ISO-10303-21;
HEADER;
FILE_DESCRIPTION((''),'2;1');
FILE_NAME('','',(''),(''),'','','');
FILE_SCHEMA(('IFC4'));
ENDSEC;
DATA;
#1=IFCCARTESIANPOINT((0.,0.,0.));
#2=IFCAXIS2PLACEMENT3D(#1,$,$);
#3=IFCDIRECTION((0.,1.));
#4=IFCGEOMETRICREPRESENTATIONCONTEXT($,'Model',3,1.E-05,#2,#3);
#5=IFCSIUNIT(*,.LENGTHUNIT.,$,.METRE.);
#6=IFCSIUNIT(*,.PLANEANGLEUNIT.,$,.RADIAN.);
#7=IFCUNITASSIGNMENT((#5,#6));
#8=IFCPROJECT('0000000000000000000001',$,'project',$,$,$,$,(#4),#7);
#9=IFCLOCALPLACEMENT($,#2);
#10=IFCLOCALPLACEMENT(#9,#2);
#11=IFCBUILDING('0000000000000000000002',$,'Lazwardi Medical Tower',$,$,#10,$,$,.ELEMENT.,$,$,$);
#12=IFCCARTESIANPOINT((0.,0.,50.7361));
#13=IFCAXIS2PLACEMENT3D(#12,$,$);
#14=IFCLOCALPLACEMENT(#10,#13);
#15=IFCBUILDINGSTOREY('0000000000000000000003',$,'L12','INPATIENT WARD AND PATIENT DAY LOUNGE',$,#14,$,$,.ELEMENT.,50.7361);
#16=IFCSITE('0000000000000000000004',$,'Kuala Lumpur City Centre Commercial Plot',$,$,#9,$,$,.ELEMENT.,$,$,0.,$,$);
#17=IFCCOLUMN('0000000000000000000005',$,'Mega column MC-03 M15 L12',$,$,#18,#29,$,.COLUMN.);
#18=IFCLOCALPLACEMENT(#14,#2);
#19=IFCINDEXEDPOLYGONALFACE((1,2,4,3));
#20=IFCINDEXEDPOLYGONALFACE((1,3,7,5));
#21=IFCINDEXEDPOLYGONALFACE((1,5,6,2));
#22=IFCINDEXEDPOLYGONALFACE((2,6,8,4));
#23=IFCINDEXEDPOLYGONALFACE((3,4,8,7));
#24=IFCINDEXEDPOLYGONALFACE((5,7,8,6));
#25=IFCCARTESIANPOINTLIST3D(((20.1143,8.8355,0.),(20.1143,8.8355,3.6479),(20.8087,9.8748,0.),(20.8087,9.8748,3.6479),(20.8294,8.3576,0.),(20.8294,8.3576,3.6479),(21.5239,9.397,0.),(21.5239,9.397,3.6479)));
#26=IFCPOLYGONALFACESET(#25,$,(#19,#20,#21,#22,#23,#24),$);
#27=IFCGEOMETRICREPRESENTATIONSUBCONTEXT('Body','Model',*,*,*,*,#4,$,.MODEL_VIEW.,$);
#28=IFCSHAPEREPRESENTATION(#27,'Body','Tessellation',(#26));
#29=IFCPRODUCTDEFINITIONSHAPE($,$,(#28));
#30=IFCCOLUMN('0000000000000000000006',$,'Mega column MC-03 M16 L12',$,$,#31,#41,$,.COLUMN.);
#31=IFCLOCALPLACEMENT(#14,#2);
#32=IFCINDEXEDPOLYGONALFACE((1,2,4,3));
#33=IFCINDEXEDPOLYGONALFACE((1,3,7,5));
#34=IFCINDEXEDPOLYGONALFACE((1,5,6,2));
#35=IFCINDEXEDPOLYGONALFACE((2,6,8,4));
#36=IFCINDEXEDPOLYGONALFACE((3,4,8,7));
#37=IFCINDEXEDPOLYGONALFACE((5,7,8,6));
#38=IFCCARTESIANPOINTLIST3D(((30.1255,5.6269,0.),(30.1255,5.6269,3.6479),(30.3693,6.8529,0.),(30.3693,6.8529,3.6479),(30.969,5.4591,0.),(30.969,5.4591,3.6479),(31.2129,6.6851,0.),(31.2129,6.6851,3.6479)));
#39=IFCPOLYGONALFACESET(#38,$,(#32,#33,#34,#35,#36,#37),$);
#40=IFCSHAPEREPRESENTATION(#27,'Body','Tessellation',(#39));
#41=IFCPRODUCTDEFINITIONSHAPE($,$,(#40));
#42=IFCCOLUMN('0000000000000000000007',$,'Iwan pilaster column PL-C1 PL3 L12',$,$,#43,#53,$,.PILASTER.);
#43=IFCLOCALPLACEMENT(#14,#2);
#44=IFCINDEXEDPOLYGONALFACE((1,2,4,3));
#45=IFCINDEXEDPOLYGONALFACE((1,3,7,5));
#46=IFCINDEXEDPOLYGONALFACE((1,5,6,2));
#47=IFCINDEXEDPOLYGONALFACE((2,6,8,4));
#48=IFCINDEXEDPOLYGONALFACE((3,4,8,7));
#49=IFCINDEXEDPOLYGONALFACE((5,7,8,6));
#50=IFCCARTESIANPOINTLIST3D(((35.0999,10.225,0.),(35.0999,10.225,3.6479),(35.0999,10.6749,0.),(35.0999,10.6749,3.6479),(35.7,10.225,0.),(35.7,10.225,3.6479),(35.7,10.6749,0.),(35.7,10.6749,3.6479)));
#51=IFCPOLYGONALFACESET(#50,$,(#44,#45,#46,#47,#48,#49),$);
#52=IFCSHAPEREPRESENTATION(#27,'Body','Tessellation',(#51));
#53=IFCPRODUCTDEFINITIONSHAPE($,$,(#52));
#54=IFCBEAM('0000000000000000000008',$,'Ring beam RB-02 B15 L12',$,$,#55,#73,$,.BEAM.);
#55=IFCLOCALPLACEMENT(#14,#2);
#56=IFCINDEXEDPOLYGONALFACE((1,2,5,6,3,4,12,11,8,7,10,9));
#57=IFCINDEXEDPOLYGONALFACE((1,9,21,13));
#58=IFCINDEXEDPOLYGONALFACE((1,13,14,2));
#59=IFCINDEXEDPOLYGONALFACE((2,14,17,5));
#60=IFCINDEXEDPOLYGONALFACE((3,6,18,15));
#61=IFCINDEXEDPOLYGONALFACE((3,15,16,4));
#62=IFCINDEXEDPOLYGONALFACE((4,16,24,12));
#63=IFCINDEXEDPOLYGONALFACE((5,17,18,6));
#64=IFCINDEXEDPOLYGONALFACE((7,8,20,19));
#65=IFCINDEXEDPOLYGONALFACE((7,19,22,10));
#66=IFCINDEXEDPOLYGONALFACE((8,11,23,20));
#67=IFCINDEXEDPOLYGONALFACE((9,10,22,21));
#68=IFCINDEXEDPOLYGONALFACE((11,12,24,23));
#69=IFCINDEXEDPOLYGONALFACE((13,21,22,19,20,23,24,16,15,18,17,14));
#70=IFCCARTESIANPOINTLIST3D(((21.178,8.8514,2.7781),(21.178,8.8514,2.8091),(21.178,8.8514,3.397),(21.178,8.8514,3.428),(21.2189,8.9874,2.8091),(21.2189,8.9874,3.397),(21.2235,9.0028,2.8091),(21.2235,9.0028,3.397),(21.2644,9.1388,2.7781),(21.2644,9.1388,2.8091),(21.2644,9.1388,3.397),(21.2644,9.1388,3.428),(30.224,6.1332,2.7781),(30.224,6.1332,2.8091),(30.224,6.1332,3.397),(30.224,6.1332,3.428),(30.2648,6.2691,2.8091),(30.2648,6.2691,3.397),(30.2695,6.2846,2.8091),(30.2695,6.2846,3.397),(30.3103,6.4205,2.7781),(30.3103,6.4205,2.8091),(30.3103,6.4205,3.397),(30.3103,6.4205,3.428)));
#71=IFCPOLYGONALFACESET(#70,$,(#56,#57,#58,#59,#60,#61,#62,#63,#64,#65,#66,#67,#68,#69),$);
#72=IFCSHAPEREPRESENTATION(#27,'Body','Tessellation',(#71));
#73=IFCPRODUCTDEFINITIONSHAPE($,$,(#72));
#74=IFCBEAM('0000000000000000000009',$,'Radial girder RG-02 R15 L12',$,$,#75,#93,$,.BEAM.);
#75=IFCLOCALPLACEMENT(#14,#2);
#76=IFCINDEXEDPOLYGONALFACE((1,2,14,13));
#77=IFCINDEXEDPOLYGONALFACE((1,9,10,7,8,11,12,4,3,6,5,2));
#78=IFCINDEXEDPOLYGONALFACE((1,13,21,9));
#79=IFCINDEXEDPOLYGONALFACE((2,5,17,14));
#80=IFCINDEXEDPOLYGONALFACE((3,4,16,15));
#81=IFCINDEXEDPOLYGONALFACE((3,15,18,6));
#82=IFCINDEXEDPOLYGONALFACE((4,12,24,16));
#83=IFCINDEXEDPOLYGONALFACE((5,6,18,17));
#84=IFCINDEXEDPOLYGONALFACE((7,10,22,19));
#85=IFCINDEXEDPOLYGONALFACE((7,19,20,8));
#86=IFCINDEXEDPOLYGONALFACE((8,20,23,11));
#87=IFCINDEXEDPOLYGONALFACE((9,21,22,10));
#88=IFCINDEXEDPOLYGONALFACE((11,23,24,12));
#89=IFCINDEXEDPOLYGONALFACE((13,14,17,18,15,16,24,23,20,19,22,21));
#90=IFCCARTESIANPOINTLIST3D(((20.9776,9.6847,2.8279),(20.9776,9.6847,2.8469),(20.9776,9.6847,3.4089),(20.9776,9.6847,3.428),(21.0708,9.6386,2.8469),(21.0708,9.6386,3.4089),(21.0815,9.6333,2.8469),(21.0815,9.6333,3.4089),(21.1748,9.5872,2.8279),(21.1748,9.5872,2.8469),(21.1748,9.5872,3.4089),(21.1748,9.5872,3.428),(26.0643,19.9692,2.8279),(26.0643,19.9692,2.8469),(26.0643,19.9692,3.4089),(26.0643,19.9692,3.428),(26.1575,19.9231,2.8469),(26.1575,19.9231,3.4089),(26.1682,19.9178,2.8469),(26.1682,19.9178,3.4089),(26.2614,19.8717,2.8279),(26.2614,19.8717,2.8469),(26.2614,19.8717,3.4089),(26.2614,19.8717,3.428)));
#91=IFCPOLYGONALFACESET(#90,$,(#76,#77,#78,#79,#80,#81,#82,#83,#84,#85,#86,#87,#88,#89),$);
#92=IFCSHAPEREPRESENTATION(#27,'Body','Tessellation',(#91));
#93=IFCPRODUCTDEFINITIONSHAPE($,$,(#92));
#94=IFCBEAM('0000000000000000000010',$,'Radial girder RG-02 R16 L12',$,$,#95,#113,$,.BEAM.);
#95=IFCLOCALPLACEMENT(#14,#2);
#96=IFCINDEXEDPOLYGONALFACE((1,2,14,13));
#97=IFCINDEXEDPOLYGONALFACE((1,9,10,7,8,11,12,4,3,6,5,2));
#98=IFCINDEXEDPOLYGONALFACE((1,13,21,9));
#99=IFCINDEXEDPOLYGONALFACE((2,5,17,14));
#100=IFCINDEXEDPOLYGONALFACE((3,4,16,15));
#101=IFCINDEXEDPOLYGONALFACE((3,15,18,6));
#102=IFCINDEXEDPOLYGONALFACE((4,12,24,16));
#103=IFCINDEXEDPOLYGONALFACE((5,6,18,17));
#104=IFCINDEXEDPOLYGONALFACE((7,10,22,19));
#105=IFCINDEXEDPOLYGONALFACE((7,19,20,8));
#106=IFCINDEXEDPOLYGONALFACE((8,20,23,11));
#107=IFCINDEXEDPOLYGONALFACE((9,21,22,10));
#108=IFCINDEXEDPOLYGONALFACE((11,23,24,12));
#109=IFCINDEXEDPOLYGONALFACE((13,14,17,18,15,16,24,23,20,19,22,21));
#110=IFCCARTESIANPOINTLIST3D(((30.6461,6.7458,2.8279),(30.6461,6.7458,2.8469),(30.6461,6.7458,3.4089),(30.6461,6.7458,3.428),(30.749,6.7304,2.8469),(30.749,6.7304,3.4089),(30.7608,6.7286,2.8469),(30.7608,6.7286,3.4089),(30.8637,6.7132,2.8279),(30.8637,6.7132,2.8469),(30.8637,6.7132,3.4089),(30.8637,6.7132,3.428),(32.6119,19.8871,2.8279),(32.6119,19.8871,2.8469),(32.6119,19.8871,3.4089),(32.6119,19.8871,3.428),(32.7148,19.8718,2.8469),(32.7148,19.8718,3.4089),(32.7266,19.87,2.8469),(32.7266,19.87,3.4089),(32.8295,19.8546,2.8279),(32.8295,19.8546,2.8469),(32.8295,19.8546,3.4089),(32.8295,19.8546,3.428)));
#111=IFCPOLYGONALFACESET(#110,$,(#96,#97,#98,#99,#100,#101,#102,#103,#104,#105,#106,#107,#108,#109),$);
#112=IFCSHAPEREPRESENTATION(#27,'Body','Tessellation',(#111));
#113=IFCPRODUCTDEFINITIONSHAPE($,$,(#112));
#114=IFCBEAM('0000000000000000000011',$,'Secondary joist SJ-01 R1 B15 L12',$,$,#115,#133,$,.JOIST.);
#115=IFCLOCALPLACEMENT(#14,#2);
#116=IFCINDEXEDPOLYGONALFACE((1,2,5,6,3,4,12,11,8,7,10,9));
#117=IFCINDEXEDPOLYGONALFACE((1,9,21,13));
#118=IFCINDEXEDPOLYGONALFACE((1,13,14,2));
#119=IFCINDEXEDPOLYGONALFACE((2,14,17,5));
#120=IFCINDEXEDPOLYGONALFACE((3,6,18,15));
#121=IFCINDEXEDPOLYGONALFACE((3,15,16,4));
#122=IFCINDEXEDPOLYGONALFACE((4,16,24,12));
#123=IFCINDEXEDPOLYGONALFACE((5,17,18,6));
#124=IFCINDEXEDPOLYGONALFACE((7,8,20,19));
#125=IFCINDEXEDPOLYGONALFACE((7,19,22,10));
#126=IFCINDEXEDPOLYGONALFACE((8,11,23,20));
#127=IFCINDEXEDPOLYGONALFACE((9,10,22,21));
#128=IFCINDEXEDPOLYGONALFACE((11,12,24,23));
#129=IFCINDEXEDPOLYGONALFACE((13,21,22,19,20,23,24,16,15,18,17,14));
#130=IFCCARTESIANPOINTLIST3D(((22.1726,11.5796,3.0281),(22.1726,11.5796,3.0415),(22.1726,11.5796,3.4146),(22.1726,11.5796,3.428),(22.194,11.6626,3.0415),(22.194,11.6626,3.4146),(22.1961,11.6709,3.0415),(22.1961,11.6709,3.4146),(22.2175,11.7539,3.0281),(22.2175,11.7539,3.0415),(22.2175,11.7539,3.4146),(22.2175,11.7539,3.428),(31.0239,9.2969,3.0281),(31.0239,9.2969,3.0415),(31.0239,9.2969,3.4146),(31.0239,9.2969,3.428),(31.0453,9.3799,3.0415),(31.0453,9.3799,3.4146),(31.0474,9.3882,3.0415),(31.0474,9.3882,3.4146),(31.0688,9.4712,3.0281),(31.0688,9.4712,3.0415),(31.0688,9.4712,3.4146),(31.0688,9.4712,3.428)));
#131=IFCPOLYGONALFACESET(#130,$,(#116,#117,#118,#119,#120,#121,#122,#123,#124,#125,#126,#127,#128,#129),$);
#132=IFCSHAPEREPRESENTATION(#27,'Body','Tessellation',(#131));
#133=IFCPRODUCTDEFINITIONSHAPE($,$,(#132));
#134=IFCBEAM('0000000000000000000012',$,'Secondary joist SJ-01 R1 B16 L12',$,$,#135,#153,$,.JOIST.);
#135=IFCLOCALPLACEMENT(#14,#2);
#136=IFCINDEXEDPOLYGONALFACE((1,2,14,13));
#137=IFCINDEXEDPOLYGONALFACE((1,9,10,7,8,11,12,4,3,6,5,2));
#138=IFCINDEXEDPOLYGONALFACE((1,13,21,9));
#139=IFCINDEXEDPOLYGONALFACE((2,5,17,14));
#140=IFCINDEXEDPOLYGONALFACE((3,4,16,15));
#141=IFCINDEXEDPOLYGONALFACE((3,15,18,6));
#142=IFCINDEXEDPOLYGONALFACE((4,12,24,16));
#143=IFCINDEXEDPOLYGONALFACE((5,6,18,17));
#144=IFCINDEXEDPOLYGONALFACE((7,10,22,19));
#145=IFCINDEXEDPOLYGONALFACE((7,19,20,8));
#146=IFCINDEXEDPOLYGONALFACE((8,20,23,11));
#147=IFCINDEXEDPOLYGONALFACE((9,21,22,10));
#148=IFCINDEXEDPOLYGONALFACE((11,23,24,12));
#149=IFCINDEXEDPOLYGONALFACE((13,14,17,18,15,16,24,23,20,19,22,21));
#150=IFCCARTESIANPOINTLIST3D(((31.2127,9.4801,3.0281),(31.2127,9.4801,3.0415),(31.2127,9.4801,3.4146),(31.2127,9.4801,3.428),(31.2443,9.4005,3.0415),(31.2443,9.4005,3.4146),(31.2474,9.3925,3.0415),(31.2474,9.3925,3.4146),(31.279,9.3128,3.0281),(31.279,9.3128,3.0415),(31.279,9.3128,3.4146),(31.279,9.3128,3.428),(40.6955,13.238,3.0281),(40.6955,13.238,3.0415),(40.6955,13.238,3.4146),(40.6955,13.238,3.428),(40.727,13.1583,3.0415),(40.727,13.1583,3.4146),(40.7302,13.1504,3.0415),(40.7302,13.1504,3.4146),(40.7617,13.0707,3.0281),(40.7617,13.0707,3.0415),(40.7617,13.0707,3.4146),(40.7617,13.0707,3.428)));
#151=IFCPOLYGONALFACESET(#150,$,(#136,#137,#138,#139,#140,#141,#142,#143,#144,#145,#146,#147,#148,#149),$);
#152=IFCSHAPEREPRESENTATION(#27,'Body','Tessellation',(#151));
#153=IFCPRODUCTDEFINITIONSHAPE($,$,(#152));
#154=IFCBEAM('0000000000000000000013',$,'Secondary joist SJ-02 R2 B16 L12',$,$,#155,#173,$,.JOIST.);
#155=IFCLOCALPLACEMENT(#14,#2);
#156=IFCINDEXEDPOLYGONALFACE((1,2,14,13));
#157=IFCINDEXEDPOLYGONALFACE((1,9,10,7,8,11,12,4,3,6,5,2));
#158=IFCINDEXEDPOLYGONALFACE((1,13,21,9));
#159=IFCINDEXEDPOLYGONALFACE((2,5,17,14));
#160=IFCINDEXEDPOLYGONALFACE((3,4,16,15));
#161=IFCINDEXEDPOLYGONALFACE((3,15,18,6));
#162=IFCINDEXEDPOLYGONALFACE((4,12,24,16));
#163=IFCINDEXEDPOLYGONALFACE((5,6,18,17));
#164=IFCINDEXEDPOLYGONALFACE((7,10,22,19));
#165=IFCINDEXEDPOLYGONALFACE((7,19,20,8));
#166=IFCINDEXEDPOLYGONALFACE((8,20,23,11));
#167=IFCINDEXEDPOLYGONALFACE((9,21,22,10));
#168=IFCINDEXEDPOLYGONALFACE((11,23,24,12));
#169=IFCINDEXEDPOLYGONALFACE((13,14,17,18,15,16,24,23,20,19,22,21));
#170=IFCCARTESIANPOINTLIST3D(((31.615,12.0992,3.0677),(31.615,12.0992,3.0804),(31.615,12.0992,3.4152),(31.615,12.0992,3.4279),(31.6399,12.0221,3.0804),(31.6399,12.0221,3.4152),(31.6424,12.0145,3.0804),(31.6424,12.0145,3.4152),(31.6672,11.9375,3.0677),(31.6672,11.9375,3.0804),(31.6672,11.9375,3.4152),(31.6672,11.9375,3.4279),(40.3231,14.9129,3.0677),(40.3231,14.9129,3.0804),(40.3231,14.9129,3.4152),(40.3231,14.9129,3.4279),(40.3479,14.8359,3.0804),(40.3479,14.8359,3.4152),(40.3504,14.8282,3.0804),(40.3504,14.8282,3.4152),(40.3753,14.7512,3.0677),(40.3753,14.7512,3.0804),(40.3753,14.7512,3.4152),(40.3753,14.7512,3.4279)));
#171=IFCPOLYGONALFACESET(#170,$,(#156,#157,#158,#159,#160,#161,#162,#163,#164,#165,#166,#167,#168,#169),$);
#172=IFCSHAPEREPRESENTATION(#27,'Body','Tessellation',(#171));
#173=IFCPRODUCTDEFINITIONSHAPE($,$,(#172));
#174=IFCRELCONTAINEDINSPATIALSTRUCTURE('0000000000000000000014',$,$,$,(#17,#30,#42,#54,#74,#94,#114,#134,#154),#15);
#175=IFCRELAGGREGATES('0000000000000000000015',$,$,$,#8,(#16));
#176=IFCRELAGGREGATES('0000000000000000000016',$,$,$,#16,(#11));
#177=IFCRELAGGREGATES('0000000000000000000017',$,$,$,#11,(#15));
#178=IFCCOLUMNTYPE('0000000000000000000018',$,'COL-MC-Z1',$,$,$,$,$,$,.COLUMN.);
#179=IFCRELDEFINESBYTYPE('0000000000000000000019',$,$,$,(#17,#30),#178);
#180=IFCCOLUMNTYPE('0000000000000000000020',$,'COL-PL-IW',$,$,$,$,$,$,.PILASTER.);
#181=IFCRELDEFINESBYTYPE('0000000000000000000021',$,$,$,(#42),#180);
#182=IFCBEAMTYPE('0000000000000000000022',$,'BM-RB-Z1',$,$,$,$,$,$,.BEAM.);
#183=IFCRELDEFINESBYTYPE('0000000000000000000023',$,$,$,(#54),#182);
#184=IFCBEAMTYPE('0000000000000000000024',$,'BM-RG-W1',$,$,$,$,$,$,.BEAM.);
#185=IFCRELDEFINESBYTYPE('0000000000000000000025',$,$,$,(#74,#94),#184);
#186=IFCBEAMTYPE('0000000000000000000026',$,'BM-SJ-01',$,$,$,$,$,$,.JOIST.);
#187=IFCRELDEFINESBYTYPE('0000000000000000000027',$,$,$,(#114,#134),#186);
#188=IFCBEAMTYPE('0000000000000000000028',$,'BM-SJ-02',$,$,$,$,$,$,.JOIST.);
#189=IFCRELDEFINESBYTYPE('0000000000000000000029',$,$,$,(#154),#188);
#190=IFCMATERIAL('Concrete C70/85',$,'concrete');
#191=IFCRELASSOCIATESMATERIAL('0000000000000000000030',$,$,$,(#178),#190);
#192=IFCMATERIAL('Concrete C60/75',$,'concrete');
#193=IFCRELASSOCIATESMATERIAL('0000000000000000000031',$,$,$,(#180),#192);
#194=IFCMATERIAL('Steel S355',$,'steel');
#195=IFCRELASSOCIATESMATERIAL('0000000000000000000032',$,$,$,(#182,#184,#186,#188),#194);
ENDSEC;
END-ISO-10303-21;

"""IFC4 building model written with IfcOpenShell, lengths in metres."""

from ifc_helpers import new_model, si_unit, direction, frame, origin, origin_2d, place, context, subcontext, project, spatial, rectangle, i_section, extrude, material, material_profile, profile_set, type_object, element, save


model = new_model("IFC4")

# Units and contexts
model_context = context("Model", 3, precision=1e-05, world=origin(), true_north=direction((0.0, 1.0)))
body_context = subcontext(model_context, "Body", "Model", "MODEL_VIEW")
ifc_project = project(units=[si_unit("LENGTHUNIT", "METRE"), si_unit("PLANEANGLEUNIT", "RADIAN")], contexts=[model_context])

# Site, building, storey
site_placement = place(None, origin())
site = spatial("IfcSite", under=ifc_project, at=site_placement, Name="Kuala Lumpur City Centre Commercial Plot", CompositionType="ELEMENT", RefElevation=0.0)
building_placement = place(site_placement, origin())
building = spatial("IfcBuilding", under=site, at=building_placement, Name="Lazwardi Medical Tower", CompositionType="ELEMENT")
storey_placement = place(building_placement, frame((0.0, 0.0, 50.7361)))
storey = spatial("IfcBuildingStorey", under=building, at=storey_placement, Name="L12", Description="INPATIENT WARD AND PATIENT DAY LOUNGE", CompositionType="ELEMENT", Elevation=50.7361)

# Columns
ifc_material_1 = material(Name="Concrete C70/85", Category="concrete")
ifc_material_profile_1 = material_profile(ifc_material_1, rectangle(XDim=1.25, YDim=0.8601, at=origin_2d()), Name="CFT-RECT 1250x860")
ifc_profile_set_1 = profile_set([ifc_material_profile_1], Name="Concrete C70/85")
column_type_1 = type_object("IfcColumnType", Name="COL-MC-Z1", PredefinedType="COLUMN", material=ifc_profile_set_1)
for number, where, z_axis, x_axis, name in (
    (1, (20.8191, 9.1162, 0.0), (0.0, 0.0, 1.0), (-0.55557, -0.83147, 0.0), "Mega column MC-03 M15 L12"),
    (2, (30.6692, 6.156, 0.0), (0.0, 0.0, 1.0), (-0.19509, -0.980785, 0.0), "Mega column MC-03 M16 L12"),
):
    element("IfcColumn", number, at=place(storey_placement, frame(where, z_axis=z_axis, x_axis=x_axis)), inside=storey, type_object=column_type_1, Name=name, PredefinedType="COLUMN", context=body_context, shape_type="SweptSolid", body=[
        extrude(rectangle(XDim=1.25, YDim=0.8601, at=origin_2d()), origin(), (0.0, 0.0, 1.0), 3.6479),
    ])
ifc_material_2 = material(Name="Concrete C60/75", Category="concrete")
ifc_material_profile_2 = material_profile(ifc_material_2, rectangle(XDim=0.6001, YDim=0.45, at=origin_2d()), Name="RC 600x450")
ifc_profile_set_2 = profile_set([ifc_material_profile_2], Name="Concrete C60/75")
column_type_2 = type_object("IfcColumnType", Name="COL-PL-IW", PredefinedType="PILASTER", material=ifc_profile_set_2)
column_placement = place(storey_placement, frame((35.3999, 10.45, 0.0), z_axis=(0.0, 0.0, 1.0), x_axis=(1.0, 0.0, 0.0)))
element("IfcColumn", 3, at=column_placement, inside=storey, type_object=column_type_2, Name="Iwan pilaster column PL-C1 PL3 L12", PredefinedType="PILASTER", context=body_context, shape_type="SweptSolid", body=[
    extrude(rectangle(XDim=0.6001, YDim=0.45, at=origin_2d()), origin(), (0.0, 0.0, 1.0), 3.6479),
])

# Beams
ifc_material_3 = material(Name="Steel S355", Category="steel")
ifc_material_profile_3 = material_profile(ifc_material_3, i_section(OverallWidth=0.3, OverallDepth=0.6499, WebThickness=0.0161, FlangeThickness=0.031, at=origin_2d()), Name="HEB 650")
ifc_profile_set_3 = profile_set([ifc_material_profile_3], Name="Steel S355")
beam_type_1 = type_object("IfcBeamType", Name="BM-RB-Z1", PredefinedType="BEAM", material=ifc_profile_set_3)
beam_1_placement = place(storey_placement, frame((21.2212, 8.9951, 3.103), z_axis=(0.957695, -0.287784, 0.0), x_axis=(0.287784, 0.957695, 0.0)))
element("IfcBeam", 4, at=beam_1_placement, inside=storey, type_object=beam_type_1, Name="Ring beam RB-02 B15 L12", PredefinedType="BEAM", context=body_context, shape_type="SweptSolid", body=[
    extrude(i_section(OverallWidth=0.3, OverallDepth=0.6499, WebThickness=0.0161, FlangeThickness=0.031, at=origin_2d()), origin(), (0.0, 0.0, 1.0), 9.4456),
])
ifc_material_profile_4 = material_profile(ifc_material_3, i_section(OverallWidth=0.22, OverallDepth=0.6001, WebThickness=0.012, FlangeThickness=0.019, at=origin_2d()), Name="IPE 600")
ifc_profile_set_4 = profile_set([ifc_material_profile_4], Name="Steel S355")
beam_type_2 = type_object("IfcBeamType", Name="BM-RG-W1", PredefinedType="BEAM", material=ifc_profile_set_4)
beam_2_placement = place(storey_placement, frame((21.0762, 9.636, 3.1279), z_axis=(0.443337, 0.896355, 0.0), x_axis=(-0.896355, 0.443337, 0.0)))
element("IfcBeam", 5, at=beam_2_placement, inside=storey, type_object=beam_type_2, Name="Radial girder RG-02 R15 L12", PredefinedType="BEAM", context=body_context, shape_type="SweptSolid", body=[
    extrude(i_section(OverallWidth=0.22, OverallDepth=0.6001, WebThickness=0.012, FlangeThickness=0.019, at=origin_2d()), origin(), (0.0, 0.0, 1.0), 11.4736),
])
beam_3_placement = place(storey_placement, frame((30.7549, 6.7295, 3.1279), z_axis=(0.147944, 0.988996, 0.0), x_axis=(-0.988996, 0.147944, 0.0)))
element("IfcBeam", 6, at=beam_3_placement, inside=storey, type_object=beam_type_2, Name="Radial girder RG-02 R16 L12", PredefinedType="BEAM", context=body_context, shape_type="SweptSolid", body=[
    extrude(i_section(OverallWidth=0.22, OverallDepth=0.6001, WebThickness=0.012, FlangeThickness=0.019, at=origin_2d()), origin(), (0.0, 0.0, 1.0), 13.2876),
])
ifc_material_profile_5 = material_profile(ifc_material_3, i_section(OverallWidth=0.1799, OverallDepth=0.3999, WebThickness=0.0085, FlangeThickness=0.0134, at=origin_2d()), Name="IPE 400")
ifc_profile_set_5 = profile_set([ifc_material_profile_5], Name="Steel S355")
beam_type_3 = type_object("IfcBeamType", Name="BM-SJ-01", PredefinedType="JOIST", material=ifc_profile_set_5)
beam_4_placement = place(storey_placement, frame((22.1951, 11.6667, 3.228), z_axis=(0.968317, -0.249725, 0.0), x_axis=(0.249725, 0.968317, 0.0)))
element("IfcBeam", 7, at=beam_4_placement, inside=storey, type_object=beam_type_3, Name="Secondary joist SJ-01 R1 B15 L12", PredefinedType="JOIST", context=body_context, shape_type="SweptSolid", body=[
    extrude(i_section(OverallWidth=0.1799, OverallDepth=0.3999, WebThickness=0.0085, FlangeThickness=0.0134, at=origin_2d()), origin(), (0.0, 0.0, 1.0), 9.1409),
])
beam_5_placement = place(storey_placement, frame((31.2458, 9.3965, 3.228), z_axis=(0.929664, 0.368409, 0.0), x_axis=(-0.368409, 0.929664, 0.0)))
element("IfcBeam", 8, at=beam_5_placement, inside=storey, type_object=beam_type_3, Name="Secondary joist SJ-01 R1 B16 L12", PredefinedType="JOIST", context=body_context, shape_type="SweptSolid", body=[
    extrude(i_section(OverallWidth=0.1799, OverallDepth=0.3999, WebThickness=0.0085, FlangeThickness=0.0134, at=origin_2d()), origin(), (0.0, 0.0, 1.0), 10.2002),
])
ifc_material_profile_6 = material_profile(ifc_material_3, i_section(OverallWidth=0.1699, OverallDepth=0.3601, WebThickness=0.0081, FlangeThickness=0.0127, at=origin_2d()), Name="IPE 360")
ifc_profile_set_6 = profile_set([ifc_material_profile_6], Name="Steel S355")
beam_type_4 = type_object("IfcBeamType", Name="BM-SJ-02", PredefinedType="JOIST", material=ifc_profile_set_6)
beam_6_placement = place(storey_placement, frame((31.6411, 12.0183, 3.2478), z_axis=(0.951559, 0.307467, 0.0), x_axis=(-0.307467, 0.951559, 0.0)))
element("IfcBeam", 9, at=beam_6_placement, inside=storey, type_object=beam_type_4, Name="Secondary joist SJ-02 R2 B16 L12", PredefinedType="JOIST", context=body_context, shape_type="SweptSolid", body=[
    extrude(i_section(OverallWidth=0.1699, OverallDepth=0.3601, WebThickness=0.0081, FlangeThickness=0.0127, at=origin_2d()), origin(), (0.0, 0.0, 1.0), 9.1514),
])

save(model, "model.ifc")
